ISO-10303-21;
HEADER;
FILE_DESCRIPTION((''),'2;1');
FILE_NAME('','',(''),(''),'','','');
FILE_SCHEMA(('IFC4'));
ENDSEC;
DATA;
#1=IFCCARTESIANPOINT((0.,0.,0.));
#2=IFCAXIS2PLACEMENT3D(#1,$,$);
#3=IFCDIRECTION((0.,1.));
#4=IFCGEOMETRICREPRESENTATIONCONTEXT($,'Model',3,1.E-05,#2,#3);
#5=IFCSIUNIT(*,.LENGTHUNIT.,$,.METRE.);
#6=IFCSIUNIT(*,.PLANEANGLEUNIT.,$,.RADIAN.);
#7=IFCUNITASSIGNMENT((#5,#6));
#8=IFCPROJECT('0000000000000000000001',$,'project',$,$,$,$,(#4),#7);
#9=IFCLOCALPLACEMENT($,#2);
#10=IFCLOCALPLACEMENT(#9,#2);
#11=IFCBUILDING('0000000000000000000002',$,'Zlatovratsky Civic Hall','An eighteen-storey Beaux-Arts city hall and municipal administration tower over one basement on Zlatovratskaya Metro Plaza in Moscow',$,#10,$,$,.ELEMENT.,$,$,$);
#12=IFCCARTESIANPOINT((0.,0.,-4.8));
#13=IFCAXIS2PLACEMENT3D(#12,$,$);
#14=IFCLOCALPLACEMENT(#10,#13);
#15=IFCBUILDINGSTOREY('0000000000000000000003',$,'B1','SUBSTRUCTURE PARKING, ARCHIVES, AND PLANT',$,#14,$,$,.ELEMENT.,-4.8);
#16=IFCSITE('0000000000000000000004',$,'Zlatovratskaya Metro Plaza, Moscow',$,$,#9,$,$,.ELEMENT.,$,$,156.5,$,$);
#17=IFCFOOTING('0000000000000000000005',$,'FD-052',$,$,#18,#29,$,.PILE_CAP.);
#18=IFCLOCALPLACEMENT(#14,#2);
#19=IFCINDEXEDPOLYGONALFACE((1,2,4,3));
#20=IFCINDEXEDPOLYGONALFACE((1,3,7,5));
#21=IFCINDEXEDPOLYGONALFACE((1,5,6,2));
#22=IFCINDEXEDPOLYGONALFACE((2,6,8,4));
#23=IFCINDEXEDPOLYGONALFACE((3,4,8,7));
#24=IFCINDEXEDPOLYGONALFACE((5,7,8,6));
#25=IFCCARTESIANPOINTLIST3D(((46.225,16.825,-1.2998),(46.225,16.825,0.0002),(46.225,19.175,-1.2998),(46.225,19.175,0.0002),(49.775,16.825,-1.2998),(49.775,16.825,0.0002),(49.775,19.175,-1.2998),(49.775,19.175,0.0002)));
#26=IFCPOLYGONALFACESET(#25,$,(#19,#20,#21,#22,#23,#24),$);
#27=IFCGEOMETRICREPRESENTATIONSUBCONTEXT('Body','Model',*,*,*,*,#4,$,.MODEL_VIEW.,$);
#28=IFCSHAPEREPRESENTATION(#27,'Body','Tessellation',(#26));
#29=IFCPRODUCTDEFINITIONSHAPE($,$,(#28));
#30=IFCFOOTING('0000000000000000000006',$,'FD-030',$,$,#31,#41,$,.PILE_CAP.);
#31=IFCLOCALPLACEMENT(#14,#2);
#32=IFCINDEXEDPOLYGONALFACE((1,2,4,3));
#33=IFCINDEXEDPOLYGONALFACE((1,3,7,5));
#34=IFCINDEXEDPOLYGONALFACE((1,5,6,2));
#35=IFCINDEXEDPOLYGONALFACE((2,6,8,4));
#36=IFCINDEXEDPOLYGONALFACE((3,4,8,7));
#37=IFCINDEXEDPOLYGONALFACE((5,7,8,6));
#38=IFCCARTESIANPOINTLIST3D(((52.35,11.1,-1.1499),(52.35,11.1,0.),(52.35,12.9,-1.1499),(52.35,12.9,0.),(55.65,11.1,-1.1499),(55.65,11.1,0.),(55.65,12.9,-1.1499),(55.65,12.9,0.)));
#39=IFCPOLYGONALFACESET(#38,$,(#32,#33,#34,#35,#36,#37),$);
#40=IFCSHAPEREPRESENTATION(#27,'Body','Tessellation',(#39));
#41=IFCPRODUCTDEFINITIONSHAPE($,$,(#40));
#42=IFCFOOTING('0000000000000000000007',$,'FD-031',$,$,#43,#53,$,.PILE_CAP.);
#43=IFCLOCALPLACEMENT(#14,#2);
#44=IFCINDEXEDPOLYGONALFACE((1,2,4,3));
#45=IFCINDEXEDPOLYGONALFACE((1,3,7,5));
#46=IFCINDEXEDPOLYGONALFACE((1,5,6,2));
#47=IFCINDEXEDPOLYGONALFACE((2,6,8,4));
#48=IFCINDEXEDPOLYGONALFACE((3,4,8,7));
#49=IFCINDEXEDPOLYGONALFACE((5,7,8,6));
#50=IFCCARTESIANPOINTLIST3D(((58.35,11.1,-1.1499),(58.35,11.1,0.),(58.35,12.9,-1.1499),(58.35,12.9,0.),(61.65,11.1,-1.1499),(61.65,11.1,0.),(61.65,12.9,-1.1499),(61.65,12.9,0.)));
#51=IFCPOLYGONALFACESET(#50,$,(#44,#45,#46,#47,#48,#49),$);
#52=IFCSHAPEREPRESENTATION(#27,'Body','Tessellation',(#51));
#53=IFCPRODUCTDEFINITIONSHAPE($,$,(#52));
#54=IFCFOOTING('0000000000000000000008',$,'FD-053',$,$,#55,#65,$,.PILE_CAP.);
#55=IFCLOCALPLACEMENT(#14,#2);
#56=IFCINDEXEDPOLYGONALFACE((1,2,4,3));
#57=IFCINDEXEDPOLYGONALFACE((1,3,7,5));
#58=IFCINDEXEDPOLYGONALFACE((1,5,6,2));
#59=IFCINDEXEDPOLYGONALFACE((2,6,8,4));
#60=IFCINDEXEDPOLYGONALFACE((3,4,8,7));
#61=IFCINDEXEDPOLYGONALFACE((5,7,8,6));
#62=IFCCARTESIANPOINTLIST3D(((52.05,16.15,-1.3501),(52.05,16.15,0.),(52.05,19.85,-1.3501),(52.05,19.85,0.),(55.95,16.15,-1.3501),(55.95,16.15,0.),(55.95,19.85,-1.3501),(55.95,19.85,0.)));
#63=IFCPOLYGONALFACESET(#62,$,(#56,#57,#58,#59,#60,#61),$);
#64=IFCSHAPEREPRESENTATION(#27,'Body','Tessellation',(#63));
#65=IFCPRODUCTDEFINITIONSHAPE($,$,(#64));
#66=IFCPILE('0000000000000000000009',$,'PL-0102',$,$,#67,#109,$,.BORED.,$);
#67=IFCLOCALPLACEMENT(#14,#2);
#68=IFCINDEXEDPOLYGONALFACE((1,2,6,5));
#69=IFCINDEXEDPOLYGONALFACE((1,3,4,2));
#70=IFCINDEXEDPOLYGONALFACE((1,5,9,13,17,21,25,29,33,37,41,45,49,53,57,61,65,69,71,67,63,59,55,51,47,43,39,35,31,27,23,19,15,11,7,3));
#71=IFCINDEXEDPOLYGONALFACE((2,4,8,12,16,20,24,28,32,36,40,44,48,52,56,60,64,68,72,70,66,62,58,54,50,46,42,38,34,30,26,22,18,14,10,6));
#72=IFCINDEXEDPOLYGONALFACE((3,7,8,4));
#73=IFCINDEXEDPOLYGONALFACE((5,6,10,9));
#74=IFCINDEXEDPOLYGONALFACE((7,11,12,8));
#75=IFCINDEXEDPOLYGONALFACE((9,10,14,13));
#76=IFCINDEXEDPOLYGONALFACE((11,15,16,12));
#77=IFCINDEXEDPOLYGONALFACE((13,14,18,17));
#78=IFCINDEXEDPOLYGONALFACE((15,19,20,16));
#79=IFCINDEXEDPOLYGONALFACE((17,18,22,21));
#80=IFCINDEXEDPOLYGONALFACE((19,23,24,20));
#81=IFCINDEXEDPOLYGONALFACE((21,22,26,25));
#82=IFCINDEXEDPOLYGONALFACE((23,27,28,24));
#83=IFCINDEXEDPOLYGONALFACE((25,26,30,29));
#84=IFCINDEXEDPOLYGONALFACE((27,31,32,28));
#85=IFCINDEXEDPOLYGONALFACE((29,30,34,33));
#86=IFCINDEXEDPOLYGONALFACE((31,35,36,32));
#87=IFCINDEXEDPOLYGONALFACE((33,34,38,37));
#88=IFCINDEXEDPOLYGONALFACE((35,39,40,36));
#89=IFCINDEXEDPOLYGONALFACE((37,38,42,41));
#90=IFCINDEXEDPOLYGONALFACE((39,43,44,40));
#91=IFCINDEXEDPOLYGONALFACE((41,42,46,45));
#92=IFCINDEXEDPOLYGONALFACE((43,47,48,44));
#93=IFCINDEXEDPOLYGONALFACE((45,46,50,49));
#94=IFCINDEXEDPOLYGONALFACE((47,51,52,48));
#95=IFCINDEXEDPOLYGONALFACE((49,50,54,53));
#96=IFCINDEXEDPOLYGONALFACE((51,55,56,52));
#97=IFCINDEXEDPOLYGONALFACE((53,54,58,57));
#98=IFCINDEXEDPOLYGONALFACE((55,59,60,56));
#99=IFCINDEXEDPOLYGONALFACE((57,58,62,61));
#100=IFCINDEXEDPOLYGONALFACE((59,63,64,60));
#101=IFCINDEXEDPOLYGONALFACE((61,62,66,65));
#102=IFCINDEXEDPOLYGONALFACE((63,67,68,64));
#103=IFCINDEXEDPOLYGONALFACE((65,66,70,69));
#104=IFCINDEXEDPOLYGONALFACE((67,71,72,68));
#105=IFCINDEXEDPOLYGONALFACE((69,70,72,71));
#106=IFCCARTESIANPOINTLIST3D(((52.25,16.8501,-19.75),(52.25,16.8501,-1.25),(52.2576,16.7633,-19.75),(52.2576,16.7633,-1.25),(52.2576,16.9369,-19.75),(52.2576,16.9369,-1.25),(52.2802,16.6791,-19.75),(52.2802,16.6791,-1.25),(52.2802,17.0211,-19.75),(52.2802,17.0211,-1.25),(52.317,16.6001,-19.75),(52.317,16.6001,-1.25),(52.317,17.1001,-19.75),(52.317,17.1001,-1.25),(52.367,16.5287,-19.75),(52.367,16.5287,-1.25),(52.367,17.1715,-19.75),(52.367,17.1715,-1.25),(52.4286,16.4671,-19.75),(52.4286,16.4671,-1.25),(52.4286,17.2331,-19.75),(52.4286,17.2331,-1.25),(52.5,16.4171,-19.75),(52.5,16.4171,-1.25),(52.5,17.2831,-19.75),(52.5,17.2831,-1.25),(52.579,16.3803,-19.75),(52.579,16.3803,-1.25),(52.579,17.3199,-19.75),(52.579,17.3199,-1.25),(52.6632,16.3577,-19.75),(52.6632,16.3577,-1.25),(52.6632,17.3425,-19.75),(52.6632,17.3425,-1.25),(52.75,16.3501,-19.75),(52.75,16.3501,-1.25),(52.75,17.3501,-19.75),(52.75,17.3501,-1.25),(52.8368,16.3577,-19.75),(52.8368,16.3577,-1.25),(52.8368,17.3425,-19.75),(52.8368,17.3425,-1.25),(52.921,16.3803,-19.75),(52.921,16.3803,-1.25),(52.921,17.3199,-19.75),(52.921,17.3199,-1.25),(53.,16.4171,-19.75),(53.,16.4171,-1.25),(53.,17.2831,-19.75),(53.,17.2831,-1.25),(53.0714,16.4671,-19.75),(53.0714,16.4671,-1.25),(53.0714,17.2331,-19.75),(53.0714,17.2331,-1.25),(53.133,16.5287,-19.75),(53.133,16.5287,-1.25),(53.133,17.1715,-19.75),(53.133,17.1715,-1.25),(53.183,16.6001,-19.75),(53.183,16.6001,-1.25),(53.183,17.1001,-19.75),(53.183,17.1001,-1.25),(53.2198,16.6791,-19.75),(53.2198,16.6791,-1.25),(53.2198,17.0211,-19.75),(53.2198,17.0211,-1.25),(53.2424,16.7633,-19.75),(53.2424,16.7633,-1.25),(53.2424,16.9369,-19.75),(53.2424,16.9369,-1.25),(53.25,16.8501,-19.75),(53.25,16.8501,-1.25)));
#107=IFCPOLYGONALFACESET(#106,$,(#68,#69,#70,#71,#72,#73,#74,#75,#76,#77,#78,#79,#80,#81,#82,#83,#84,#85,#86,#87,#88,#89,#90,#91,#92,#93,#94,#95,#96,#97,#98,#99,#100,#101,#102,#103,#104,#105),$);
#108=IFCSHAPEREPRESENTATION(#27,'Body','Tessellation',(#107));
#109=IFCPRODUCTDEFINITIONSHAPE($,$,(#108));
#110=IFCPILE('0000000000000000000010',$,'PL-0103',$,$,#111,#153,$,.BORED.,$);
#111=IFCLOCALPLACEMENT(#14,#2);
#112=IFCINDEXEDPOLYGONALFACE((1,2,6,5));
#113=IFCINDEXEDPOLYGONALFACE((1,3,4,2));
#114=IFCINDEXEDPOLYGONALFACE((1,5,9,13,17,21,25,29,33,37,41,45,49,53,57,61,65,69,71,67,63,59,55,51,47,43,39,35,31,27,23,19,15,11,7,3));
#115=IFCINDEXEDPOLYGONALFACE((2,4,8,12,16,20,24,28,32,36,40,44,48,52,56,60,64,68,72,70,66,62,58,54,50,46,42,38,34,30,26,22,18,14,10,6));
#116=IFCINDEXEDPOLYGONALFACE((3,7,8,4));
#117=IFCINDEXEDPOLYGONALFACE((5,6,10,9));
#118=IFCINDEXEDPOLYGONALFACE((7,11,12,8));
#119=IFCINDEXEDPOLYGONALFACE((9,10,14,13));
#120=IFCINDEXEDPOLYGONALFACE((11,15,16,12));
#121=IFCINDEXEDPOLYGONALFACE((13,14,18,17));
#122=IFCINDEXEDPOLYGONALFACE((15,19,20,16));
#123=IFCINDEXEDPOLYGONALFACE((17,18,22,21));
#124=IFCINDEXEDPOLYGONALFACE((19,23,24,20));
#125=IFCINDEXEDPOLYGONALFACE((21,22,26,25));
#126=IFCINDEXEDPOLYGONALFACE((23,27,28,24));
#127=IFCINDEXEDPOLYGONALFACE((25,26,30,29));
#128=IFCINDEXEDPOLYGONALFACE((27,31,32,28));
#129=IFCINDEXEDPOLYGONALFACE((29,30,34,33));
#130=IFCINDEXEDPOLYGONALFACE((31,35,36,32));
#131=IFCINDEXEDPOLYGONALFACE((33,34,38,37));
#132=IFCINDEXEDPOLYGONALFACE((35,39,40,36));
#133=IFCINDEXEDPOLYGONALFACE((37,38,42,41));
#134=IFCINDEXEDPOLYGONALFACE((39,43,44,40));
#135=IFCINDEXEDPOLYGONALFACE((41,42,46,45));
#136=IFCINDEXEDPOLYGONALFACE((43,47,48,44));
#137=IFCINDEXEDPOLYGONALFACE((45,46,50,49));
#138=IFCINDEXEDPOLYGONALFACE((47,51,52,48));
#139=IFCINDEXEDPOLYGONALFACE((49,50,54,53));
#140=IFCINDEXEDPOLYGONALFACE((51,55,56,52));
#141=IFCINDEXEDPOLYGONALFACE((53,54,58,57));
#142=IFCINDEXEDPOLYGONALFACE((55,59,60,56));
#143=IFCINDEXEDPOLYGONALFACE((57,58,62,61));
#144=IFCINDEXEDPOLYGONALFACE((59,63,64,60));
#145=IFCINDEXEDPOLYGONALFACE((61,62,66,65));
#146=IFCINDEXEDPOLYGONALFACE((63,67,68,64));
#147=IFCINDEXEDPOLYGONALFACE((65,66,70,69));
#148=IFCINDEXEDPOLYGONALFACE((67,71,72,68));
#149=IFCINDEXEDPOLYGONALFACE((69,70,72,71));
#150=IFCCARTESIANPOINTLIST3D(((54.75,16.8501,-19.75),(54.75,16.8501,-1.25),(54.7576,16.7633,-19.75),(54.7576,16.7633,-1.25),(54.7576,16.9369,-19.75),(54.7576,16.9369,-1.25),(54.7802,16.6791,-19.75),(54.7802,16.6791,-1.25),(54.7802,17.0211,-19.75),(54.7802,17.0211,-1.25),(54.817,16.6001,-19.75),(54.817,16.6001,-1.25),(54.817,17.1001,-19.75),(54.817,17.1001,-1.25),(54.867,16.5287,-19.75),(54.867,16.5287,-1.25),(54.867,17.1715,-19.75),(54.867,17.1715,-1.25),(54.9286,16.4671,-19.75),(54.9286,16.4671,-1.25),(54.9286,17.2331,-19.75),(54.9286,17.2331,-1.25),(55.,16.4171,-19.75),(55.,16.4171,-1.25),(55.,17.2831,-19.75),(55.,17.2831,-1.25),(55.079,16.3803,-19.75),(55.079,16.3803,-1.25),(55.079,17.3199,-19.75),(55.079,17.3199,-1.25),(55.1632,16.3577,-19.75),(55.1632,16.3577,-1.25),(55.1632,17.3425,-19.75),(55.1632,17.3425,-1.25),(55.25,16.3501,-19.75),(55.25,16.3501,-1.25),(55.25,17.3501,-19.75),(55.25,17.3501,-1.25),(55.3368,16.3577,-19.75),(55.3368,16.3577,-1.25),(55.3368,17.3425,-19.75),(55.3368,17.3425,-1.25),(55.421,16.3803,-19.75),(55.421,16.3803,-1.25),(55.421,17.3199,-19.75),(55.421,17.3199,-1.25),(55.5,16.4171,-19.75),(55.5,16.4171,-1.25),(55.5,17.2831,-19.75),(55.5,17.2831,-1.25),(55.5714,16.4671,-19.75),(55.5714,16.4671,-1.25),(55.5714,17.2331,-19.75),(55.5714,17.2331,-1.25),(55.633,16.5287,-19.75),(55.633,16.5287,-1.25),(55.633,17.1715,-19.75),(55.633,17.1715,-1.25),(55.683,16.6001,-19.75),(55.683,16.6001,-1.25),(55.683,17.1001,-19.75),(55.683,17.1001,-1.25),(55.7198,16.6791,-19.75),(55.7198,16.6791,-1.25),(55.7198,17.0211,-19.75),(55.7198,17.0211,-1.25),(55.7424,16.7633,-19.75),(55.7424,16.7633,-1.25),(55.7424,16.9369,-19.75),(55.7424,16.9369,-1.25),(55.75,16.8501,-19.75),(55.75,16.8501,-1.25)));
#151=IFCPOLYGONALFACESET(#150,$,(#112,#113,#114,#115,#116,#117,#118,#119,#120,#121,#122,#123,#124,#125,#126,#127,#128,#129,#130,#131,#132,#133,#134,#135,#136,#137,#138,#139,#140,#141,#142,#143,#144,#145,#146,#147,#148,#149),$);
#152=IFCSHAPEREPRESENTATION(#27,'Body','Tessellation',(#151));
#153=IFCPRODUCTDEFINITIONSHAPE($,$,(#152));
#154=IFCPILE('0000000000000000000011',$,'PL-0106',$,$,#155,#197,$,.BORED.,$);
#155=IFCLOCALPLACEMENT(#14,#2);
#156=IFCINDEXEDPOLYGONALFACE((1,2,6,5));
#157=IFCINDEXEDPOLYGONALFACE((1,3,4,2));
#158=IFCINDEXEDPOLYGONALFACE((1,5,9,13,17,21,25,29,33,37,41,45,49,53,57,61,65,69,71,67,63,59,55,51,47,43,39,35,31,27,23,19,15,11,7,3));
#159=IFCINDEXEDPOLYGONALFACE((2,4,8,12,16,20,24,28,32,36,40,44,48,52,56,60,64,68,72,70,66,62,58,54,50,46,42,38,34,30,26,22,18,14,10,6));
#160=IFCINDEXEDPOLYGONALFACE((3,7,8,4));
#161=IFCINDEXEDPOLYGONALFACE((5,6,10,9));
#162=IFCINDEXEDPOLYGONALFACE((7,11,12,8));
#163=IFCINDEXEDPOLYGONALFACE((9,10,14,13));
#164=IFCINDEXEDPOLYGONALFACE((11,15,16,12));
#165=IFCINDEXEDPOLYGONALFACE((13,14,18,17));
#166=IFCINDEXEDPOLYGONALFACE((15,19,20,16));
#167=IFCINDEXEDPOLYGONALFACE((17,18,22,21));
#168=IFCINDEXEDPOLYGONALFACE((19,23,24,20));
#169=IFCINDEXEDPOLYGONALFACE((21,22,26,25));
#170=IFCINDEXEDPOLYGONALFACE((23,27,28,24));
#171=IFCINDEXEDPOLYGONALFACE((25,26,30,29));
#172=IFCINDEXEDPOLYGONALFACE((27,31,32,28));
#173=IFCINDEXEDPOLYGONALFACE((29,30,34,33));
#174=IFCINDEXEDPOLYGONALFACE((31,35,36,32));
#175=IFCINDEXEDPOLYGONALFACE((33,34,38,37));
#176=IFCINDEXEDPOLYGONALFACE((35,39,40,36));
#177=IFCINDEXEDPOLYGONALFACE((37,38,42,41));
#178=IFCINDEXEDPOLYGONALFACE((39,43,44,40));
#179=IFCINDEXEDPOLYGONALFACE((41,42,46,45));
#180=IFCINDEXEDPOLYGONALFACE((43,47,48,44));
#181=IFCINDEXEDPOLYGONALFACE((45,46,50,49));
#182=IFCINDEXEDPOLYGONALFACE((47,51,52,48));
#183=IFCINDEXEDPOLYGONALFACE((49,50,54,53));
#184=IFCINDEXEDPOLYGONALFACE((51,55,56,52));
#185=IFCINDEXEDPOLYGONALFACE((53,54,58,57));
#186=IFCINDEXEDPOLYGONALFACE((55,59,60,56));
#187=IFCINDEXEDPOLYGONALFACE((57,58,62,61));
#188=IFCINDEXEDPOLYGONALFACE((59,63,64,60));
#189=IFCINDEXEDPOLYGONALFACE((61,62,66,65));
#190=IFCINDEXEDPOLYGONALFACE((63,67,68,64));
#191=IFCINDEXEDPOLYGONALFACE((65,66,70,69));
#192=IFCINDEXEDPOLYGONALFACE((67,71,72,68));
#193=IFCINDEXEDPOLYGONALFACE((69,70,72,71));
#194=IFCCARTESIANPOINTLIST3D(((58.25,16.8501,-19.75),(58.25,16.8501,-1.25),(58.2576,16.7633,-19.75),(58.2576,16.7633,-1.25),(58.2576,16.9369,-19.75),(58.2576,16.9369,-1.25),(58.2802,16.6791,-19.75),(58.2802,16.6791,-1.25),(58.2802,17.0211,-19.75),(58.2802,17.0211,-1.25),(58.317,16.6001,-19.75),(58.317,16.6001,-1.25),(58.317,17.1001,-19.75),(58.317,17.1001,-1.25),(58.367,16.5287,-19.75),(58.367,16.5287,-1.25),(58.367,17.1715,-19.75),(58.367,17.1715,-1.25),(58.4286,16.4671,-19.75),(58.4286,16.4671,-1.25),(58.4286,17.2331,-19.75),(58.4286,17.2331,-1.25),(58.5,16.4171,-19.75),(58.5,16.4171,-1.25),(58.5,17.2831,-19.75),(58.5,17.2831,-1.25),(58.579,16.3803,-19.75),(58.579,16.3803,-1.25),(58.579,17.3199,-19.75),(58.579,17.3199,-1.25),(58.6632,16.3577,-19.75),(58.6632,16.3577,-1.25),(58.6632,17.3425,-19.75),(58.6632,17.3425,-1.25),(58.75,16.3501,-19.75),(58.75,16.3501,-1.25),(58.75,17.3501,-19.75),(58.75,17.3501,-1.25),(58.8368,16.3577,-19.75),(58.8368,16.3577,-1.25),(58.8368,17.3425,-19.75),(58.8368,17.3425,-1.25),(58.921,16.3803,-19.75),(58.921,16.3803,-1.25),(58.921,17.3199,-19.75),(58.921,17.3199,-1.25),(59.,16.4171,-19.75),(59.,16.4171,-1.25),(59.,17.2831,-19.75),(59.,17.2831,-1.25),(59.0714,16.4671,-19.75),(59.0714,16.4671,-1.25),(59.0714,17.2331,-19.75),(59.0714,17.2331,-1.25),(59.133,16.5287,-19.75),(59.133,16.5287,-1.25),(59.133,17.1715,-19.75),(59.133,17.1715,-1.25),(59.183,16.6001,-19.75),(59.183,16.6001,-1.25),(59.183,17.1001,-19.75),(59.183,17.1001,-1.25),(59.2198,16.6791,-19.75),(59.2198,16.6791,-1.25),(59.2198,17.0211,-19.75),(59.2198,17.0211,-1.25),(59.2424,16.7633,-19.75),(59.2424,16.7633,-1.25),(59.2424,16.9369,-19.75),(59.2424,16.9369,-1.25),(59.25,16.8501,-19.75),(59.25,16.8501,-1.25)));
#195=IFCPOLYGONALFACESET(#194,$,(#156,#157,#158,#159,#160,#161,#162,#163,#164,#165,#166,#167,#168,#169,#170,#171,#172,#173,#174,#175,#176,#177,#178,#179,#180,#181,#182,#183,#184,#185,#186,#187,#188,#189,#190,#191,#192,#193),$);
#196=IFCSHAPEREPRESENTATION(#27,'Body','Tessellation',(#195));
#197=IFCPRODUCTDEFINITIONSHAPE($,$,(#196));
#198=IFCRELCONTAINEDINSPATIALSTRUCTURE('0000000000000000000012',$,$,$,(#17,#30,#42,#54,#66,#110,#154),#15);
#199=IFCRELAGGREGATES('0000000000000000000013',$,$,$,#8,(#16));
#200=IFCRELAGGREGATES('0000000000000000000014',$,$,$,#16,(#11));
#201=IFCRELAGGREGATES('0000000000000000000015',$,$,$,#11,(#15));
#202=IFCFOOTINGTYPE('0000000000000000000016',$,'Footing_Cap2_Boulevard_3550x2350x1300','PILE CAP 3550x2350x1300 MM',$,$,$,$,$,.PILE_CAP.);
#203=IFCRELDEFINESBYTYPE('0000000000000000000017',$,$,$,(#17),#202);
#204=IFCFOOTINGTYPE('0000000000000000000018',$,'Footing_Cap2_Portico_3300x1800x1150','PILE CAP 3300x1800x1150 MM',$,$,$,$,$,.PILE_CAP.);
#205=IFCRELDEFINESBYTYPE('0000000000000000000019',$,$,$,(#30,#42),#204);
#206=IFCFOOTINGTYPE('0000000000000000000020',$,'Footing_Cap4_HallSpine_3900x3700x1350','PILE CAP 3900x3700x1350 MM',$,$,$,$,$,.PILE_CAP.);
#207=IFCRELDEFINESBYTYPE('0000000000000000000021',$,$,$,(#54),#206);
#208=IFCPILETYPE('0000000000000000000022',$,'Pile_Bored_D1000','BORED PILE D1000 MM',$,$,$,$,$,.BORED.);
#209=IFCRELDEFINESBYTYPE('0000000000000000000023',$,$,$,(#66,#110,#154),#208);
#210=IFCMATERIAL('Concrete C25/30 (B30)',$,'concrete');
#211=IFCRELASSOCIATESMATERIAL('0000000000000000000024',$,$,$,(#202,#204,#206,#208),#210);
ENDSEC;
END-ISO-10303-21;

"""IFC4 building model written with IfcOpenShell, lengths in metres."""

from ifc_helpers import new_model, si_unit, direction, frame, origin, origin_2d, place, context, subcontext, project, spatial, rectangle, circle, extrude, material, material_profile, profile_set, type_object, element, save


model = new_model("IFC4")

# Units and contexts
model_context = context("Model", 3, precision=1e-05, world=origin(), true_north=direction((0.0, 1.0)))
body_context = subcontext(model_context, "Body", "Model", "MODEL_VIEW")
ifc_project = project(units=[si_unit("LENGTHUNIT", "METRE"), si_unit("PLANEANGLEUNIT", "RADIAN")], contexts=[model_context])

# Site, building, storey
site_placement = place(None, origin())
site = spatial("IfcSite", under=ifc_project, at=site_placement, Name="Zlatovratskaya Metro Plaza, Moscow", CompositionType="ELEMENT", RefElevation=156.5)
building_placement = place(site_placement, origin())
building = spatial("IfcBuilding", under=site, at=building_placement, Name="Zlatovratsky Civic Hall", Description="An eighteen-storey Beaux-Arts city hall and municipal administration tower over one basement on Zlatovratskaya Metro Plaza in Moscow", CompositionType="ELEMENT")
storey_placement = place(building_placement, frame((0.0, 0.0, -4.8)))
storey = spatial("IfcBuildingStorey", under=building, at=storey_placement, Name="B1", Description="SUBSTRUCTURE PARKING, ARCHIVES, AND PLANT", CompositionType="ELEMENT", Elevation=-4.8)

# Footings
ifc_material_1 = material(Name="Concrete C25/30 (B30)", Category="concrete")
footing_type_1 = type_object("IfcFootingType", Name="Footing_Cap2_Boulevard_3550x2350x1300", Description="PILE CAP 3550x2350x1300 MM", PredefinedType="PILE_CAP", material=ifc_material_1)
footing_1_placement = place(storey_placement, frame((48.0, 18.0, -1.2998), z_axis=(0.0, 0.0, 1.0), x_axis=(1.0, 0.0, 0.0)))
element("IfcFooting", 1, at=footing_1_placement, inside=storey, type_object=footing_type_1, Name="FD-052", PredefinedType="PILE_CAP", context=body_context, shape_type="SweptSolid", body=[
    extrude(rectangle(XDim=3.55, YDim=2.3501, at=origin_2d()), origin(), (0.0, 0.0, 1.0), 1.3),
])
footing_type_2 = type_object("IfcFootingType", Name="Footing_Cap2_Portico_3300x1800x1150", Description="PILE CAP 3300x1800x1150 MM", PredefinedType="PILE_CAP", material=ifc_material_1)
for number, where, z_axis, x_axis, name in (
    (2, (54.0, 12.0, -1.1499), (0.0, 0.0, 1.0), (1.0, 0.0, 0.0), "FD-030"),
    (3, (60.0, 12.0, -1.1499), (0.0, 0.0, 1.0), (1.0, 0.0, 0.0), "FD-031"),
):
    element("IfcFooting", number, at=place(storey_placement, frame(where, z_axis=z_axis, x_axis=x_axis)), inside=storey, type_object=footing_type_2, Name=name, PredefinedType="PILE_CAP", context=body_context, shape_type="SweptSolid", body=[
        extrude(rectangle(XDim=3.3, YDim=1.8, at=origin_2d()), origin(), (0.0, 0.0, 1.0), 1.1499),
    ])
footing_type_3 = type_object("IfcFootingType", Name="Footing_Cap4_HallSpine_3900x3700x1350", Description="PILE CAP 3900x3700x1350 MM", PredefinedType="PILE_CAP", material=ifc_material_1)
footing_2_placement = place(storey_placement, frame((54.0, 18.0, -1.3501), z_axis=(0.0, 0.0, 1.0), x_axis=(1.0, 0.0, 0.0)))
element("IfcFooting", 4, at=footing_2_placement, inside=storey, type_object=footing_type_3, Name="FD-053", PredefinedType="PILE_CAP", context=body_context, shape_type="SweptSolid", body=[
    extrude(rectangle(XDim=3.8999, YDim=3.7, at=origin_2d()), origin(), (0.0, 0.0, 1.0), 1.3501),
])

# Piles
ifc_material_profile_1 = material_profile(ifc_material_1, circle(Radius=0.5, at=origin_2d()), Name="PILE D1000")
ifc_profile_set_1 = profile_set([ifc_material_profile_1], Name="Concrete C25/30 (B30)")
pile_type_1 = type_object("IfcPileType", Name="Pile_Bored_D1000", Description="BORED PILE D1000 MM", PredefinedType="BORED", material=ifc_profile_set_1)
for number, where, z_axis, x_axis, name in (
    (5, (52.75, 16.8501, -1.25), (0.0, 0.0, -1.0), (1.0, 0.0, 0.0), "PL-0102"),
    (6, (55.25, 16.8501, -1.25), (0.0, 0.0, -1.0), (1.0, 0.0, 0.0), "PL-0103"),
    (7, (58.75, 16.8501, -1.25), (0.0, 0.0, -1.0), (1.0, 0.0, 0.0), "PL-0106"),
):
    element("IfcPile", number, at=place(storey_placement, frame(where, z_axis=z_axis, x_axis=x_axis)), inside=storey, type_object=pile_type_1, Name=name, PredefinedType="BORED", context=body_context, shape_type="SweptSolid", body=[
        extrude(circle(Radius=0.5, at=origin_2d()), origin(), (0.0, 0.0, 1.0), 18.5),
    ])

save(model, "model.ifc")
